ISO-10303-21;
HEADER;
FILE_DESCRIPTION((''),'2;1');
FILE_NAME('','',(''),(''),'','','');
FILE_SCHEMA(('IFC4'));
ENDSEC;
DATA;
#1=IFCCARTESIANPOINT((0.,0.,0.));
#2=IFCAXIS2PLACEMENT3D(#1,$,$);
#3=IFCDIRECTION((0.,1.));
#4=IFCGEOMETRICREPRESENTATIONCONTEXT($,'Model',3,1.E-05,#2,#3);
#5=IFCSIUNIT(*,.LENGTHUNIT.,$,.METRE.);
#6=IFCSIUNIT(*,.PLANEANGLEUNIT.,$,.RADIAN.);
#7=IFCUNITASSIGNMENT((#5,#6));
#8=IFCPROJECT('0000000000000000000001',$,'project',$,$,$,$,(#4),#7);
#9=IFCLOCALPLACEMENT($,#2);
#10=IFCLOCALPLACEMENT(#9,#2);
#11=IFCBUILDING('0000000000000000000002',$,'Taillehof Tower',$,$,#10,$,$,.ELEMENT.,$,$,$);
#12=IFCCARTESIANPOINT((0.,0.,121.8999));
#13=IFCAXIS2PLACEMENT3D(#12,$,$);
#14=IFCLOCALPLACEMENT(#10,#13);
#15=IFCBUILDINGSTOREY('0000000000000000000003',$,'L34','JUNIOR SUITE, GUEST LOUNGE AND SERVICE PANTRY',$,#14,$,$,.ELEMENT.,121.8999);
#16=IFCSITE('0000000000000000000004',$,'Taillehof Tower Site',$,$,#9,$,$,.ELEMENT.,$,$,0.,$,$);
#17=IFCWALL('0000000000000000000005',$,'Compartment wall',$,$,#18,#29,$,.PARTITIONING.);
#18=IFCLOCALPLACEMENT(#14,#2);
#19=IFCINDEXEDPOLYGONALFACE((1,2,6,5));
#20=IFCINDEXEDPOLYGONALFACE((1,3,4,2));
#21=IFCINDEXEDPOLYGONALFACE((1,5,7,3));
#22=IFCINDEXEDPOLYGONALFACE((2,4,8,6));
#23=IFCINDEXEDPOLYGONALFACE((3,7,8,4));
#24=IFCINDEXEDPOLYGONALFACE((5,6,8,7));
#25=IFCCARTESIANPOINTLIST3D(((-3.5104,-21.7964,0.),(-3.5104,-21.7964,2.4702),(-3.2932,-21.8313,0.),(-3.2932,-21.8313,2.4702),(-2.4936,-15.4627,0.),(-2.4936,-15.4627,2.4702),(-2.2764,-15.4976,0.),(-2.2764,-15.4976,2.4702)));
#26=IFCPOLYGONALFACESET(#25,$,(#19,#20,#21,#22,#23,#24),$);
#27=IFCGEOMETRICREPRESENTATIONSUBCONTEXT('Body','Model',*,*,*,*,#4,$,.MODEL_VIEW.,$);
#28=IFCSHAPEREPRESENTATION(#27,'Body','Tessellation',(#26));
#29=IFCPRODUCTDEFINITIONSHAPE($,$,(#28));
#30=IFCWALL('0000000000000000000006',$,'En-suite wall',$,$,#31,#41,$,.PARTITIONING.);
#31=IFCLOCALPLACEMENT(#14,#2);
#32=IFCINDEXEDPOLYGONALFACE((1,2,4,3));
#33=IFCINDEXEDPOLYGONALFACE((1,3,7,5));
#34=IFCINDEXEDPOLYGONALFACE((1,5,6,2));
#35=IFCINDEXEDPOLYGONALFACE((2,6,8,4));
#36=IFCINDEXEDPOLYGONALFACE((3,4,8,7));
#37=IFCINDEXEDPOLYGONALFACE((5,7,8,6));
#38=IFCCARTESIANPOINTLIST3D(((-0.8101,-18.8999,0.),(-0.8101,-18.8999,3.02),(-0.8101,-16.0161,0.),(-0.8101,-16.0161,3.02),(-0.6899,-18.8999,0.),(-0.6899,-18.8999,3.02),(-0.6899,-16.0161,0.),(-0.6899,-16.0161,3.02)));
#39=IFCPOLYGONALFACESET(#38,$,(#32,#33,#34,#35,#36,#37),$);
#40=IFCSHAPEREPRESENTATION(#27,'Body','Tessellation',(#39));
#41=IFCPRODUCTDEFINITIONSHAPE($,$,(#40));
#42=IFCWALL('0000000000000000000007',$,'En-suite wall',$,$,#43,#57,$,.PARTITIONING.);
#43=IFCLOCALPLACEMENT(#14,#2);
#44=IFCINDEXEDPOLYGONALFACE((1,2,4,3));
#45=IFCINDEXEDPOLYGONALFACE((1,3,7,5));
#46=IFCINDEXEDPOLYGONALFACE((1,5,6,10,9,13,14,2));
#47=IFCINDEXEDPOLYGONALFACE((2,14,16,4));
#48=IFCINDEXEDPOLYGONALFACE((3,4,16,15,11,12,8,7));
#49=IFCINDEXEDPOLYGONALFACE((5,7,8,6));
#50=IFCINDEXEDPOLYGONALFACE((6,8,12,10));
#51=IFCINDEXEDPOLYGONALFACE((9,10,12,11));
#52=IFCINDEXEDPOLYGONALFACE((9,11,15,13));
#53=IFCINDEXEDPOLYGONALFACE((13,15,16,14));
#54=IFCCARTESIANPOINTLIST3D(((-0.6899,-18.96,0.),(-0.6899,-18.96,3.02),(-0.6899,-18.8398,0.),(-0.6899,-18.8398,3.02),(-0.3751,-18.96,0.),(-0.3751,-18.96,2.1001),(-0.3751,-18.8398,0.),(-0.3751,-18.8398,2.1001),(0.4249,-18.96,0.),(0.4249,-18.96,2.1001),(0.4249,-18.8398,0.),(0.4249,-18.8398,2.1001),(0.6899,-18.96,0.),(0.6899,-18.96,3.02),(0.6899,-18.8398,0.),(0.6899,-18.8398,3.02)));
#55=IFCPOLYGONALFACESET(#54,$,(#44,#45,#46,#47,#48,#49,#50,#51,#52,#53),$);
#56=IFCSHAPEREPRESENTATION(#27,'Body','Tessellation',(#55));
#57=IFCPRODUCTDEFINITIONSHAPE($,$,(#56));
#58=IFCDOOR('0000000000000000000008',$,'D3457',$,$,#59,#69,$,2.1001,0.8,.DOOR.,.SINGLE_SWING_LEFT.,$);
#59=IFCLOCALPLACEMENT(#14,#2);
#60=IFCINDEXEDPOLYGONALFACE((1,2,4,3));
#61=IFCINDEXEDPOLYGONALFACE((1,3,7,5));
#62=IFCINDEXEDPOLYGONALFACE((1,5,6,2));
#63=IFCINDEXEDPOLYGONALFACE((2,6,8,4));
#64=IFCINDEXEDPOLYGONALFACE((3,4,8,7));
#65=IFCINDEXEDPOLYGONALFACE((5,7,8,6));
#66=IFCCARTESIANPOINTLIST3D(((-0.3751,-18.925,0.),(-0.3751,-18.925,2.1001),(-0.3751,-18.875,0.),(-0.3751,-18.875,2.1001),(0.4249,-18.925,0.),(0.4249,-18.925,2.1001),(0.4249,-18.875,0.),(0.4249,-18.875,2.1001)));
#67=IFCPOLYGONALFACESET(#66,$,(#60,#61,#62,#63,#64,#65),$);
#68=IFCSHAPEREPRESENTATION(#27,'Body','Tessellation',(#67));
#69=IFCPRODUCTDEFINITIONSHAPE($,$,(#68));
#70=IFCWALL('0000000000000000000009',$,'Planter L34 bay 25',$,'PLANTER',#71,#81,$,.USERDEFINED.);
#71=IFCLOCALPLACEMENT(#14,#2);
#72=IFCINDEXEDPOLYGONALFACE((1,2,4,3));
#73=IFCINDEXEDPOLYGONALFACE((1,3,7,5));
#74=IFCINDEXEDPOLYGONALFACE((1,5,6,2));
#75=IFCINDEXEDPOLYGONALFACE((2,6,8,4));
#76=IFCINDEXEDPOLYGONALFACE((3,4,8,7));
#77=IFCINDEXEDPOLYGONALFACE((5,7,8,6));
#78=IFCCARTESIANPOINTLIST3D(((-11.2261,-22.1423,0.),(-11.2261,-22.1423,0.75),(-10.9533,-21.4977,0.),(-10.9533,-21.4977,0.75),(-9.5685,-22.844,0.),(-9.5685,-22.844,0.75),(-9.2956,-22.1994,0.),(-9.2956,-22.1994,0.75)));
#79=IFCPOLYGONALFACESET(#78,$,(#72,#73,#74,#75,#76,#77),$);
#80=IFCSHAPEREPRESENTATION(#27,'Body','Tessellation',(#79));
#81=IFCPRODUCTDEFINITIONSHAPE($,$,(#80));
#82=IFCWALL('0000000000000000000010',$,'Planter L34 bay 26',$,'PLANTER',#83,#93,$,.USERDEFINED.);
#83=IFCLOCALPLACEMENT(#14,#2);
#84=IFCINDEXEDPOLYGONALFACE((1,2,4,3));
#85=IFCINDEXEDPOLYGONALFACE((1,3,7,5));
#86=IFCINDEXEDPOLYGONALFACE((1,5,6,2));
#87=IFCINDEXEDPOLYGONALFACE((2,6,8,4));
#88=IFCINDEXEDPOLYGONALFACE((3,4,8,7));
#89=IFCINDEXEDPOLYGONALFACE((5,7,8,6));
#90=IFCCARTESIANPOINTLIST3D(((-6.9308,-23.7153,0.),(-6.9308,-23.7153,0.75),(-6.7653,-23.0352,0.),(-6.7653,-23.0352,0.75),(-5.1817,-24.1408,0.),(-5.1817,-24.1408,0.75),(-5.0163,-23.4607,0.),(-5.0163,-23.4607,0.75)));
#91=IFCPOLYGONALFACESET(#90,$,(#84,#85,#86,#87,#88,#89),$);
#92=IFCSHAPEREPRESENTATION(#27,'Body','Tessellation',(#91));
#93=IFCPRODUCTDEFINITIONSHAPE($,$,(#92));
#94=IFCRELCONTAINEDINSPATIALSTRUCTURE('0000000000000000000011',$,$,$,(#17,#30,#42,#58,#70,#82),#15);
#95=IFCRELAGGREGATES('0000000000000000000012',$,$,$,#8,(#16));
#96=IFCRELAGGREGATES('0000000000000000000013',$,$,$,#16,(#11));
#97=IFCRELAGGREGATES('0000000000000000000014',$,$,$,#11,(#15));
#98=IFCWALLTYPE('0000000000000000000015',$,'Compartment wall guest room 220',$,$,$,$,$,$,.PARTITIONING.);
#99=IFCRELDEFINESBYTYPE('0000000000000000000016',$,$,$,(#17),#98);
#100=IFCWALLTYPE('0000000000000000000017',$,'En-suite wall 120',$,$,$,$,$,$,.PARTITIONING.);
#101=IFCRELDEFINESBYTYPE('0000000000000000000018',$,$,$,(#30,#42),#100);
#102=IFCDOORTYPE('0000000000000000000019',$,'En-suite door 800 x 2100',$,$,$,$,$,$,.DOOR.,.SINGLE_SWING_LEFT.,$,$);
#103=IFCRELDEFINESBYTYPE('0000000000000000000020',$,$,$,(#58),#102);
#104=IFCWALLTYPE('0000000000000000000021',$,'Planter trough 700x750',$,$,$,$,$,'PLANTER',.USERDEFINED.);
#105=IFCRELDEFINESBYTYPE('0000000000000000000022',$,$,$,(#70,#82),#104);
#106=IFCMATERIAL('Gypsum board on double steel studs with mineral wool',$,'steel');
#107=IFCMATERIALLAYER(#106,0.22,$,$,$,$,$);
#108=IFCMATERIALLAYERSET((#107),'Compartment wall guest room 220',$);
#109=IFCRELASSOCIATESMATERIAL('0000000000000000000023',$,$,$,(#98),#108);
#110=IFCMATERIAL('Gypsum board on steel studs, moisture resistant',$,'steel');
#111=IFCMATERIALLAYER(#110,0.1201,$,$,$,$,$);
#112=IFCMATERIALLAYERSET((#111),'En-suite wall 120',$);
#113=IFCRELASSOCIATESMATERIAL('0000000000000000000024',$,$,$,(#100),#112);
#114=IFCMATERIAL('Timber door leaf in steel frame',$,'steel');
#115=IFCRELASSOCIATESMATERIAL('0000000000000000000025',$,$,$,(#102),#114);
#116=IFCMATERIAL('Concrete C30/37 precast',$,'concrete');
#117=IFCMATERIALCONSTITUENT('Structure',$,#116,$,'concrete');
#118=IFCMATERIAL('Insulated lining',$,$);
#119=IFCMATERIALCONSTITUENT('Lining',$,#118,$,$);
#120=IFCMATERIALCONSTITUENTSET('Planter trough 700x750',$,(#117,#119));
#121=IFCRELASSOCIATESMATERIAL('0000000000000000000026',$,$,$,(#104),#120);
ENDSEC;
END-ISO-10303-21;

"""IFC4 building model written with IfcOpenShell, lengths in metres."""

from ifc_helpers import new_model, si_unit, direction, frame, frame_2d, origin, place, context, subcontext, project, spatial, rectangle, extrude, material, layer, layer_set, constituent, constituent_set, type_object, element, fill, save


model = new_model("IFC4")

# Units and contexts
model_context = context("Model", 3, precision=1e-05, world=origin(), true_north=direction((0.0, 1.0)))
body_context = subcontext(model_context, "Body", "Model", "MODEL_VIEW")
ifc_project = project(units=[si_unit("LENGTHUNIT", "METRE"), si_unit("PLANEANGLEUNIT", "RADIAN")], contexts=[model_context])

# Site, building, storey
site_placement = place(None, origin())
site = spatial("IfcSite", under=ifc_project, at=site_placement, Name="Taillehof Tower Site", CompositionType="ELEMENT", RefElevation=0.0)
building_placement = place(site_placement, origin())
building = spatial("IfcBuilding", under=site, at=building_placement, Name="Taillehof Tower", CompositionType="ELEMENT")
storey_placement = place(building_placement, frame((0.0, 0.0, 121.8999)))
storey = spatial("IfcBuildingStorey", under=building, at=storey_placement, Name="L34", Description="JUNIOR SUITE, GUEST LOUNGE AND SERVICE PANTRY", CompositionType="ELEMENT", Elevation=121.8999)

# Walls
ifc_material_1 = material(Name="Gypsum board on double steel studs with mineral wool", Category="steel")
ifc_layer_1 = layer(ifc_material_1, 0.22)
ifc_layer_set_1 = layer_set([ifc_layer_1], Name="Compartment wall guest room 220")
wall_type_1 = type_object("IfcWallType", Name="Compartment wall guest room 220", PredefinedType="PARTITIONING", material=ifc_layer_set_1)
wall_1_placement = place(storey_placement, frame((-3.4019, -21.814, 0.0), z_axis=(0.0, 0.0, 1.0), x_axis=(0.158514, 0.987357, 0.0)))
element("IfcWall", 1, at=wall_1_placement, inside=storey, type_object=wall_type_1, Name="Compartment wall", PredefinedType="PARTITIONING", context=body_context, shape_type="SweptSolid", body=[
    extrude(rectangle(XDim=6.4148, YDim=0.22, at=frame_2d((3.2075, 0.0))), origin(), (0.0, 0.0, 1.0), 2.4702),
])
ifc_material_2 = material(Name="Gypsum board on steel studs, moisture resistant", Category="steel")
ifc_layer_2 = layer(ifc_material_2, 0.1201)
ifc_layer_set_2 = layer_set([ifc_layer_2], Name="En-suite wall 120")
wall_type_2 = type_object("IfcWallType", Name="En-suite wall 120", PredefinedType="PARTITIONING", material=ifc_layer_set_2)
wall_2_placement = place(storey_placement, frame((-0.75, -16.0161, 0.0), z_axis=(0.0, 0.0, 1.0), x_axis=(0.0, -1.0, 0.0)))
element("IfcWall", 2, at=wall_2_placement, inside=storey, type_object=wall_type_2, Name="En-suite wall", PredefinedType="PARTITIONING", context=body_context, shape_type="SweptSolid", body=[
    extrude(rectangle(XDim=2.8838, YDim=0.1201, at=frame_2d((1.4419, 0.0))), origin(), (0.0, 0.0, 1.0), 3.02),
])

# Wall, opening, door
wall_3_placement = place(storey_placement, frame((-0.6899, -18.8999, 0.0), z_axis=(0.0, 0.0, 1.0), x_axis=(1.0, 0.0, 0.0)))
wall_3 = element("IfcWall", 3, at=wall_3_placement, inside=storey, type_object=wall_type_2, Name="En-suite wall", PredefinedType="PARTITIONING", context=body_context, shape_type="SweptSolid", body=[
    extrude(rectangle(XDim=1.3799, YDim=0.1201, at=frame_2d((0.6899, 0.0))), origin(), (0.0, 0.0, 1.0), 3.02),
])
opening_1_placement = place(wall_3_placement, frame((0.3149, 0.0, 0.0)))
opening_1 = element("IfcOpeningElement", 4, at=opening_1_placement, cuts=wall_3, PredefinedType="OPENING", context=body_context, shape_type="SweptSolid", body=[
    extrude(rectangle(XDim=0.8, YDim=2.1001, at=frame_2d((0.3999, 1.05))), frame((0.0, 0.0701, 0.0), z_axis=(0.0, -1.0, 0.0), x_axis=(1.0, 0.0, 0.0)), (0.0, 0.0, 1.0), 0.1401),
])
ifc_material_3 = material(Name="Timber door leaf in steel frame", Category="steel")
door_type_1 = type_object("IfcDoorType", Name="En-suite door 800 x 2100", OperationType="SINGLE_SWING_LEFT", PredefinedType="DOOR", material=ifc_material_3)
door_1_placement = place(opening_1_placement, origin())
door_1 = element("IfcDoor", 5, at=door_1_placement, inside=storey, type_object=door_type_1, Name="D3457", OperationType="SINGLE_SWING_LEFT", OverallHeight=2.1001, OverallWidth=0.8, PredefinedType="DOOR", context=body_context, shape_type="SweptSolid", body=[
    extrude(rectangle(XDim=0.8, YDim=2.1001, at=frame_2d((0.3999, 1.05))), frame((0.0, 0.0249, 0.0), z_axis=(0.0, -1.0, 0.0), x_axis=(1.0, 0.0, 0.0)), (0.0, 0.0, 1.0), 0.05),
])
fill(opening_1, door_1)

# Walls
ifc_material_4 = material(Name="Concrete C30/37 precast", Category="concrete")
ifc_constituent_1 = constituent(ifc_material_4, Name="Structure", Category="concrete")
ifc_material_5 = material(Name="Insulated lining")
ifc_constituent_2 = constituent(ifc_material_5, Name="Lining")
ifc_constituent_set = constituent_set(constituents=[ifc_constituent_1, ifc_constituent_2], Name="Planter trough 700x750")
wall_type_3 = type_object("IfcWallType", Name="Planter trough 700x750", ElementType="PLANTER", PredefinedType="USERDEFINED", material=ifc_constituent_set)
for number, where, z_axis, x_axis, name in (
    (6, (-11.0896, -21.8201, 0.0), (0.0, 0.0, 1.0), (0.920904, -0.38979, 0.0), "Planter L34 bay 25"),
    (7, (-6.8479, -23.3752, 0.0), (0.0, 0.0, 1.0), (0.971655, -0.236403, 0.0), "Planter L34 bay 26"),
):
    element("IfcWall", number, at=place(storey_placement, frame(where, z_axis=z_axis, x_axis=x_axis)), inside=storey, type_object=wall_type_3, Name=name, ObjectType="PLANTER", PredefinedType="USERDEFINED", context=body_context, shape_type="SweptSolid", body=[
        extrude(rectangle(XDim=1.8, YDim=0.7, at=frame_2d((0.8999, 0.0))), origin(), (0.0, 0.0, 1.0), 0.75),
    ])

save(model, "model.ifc")
